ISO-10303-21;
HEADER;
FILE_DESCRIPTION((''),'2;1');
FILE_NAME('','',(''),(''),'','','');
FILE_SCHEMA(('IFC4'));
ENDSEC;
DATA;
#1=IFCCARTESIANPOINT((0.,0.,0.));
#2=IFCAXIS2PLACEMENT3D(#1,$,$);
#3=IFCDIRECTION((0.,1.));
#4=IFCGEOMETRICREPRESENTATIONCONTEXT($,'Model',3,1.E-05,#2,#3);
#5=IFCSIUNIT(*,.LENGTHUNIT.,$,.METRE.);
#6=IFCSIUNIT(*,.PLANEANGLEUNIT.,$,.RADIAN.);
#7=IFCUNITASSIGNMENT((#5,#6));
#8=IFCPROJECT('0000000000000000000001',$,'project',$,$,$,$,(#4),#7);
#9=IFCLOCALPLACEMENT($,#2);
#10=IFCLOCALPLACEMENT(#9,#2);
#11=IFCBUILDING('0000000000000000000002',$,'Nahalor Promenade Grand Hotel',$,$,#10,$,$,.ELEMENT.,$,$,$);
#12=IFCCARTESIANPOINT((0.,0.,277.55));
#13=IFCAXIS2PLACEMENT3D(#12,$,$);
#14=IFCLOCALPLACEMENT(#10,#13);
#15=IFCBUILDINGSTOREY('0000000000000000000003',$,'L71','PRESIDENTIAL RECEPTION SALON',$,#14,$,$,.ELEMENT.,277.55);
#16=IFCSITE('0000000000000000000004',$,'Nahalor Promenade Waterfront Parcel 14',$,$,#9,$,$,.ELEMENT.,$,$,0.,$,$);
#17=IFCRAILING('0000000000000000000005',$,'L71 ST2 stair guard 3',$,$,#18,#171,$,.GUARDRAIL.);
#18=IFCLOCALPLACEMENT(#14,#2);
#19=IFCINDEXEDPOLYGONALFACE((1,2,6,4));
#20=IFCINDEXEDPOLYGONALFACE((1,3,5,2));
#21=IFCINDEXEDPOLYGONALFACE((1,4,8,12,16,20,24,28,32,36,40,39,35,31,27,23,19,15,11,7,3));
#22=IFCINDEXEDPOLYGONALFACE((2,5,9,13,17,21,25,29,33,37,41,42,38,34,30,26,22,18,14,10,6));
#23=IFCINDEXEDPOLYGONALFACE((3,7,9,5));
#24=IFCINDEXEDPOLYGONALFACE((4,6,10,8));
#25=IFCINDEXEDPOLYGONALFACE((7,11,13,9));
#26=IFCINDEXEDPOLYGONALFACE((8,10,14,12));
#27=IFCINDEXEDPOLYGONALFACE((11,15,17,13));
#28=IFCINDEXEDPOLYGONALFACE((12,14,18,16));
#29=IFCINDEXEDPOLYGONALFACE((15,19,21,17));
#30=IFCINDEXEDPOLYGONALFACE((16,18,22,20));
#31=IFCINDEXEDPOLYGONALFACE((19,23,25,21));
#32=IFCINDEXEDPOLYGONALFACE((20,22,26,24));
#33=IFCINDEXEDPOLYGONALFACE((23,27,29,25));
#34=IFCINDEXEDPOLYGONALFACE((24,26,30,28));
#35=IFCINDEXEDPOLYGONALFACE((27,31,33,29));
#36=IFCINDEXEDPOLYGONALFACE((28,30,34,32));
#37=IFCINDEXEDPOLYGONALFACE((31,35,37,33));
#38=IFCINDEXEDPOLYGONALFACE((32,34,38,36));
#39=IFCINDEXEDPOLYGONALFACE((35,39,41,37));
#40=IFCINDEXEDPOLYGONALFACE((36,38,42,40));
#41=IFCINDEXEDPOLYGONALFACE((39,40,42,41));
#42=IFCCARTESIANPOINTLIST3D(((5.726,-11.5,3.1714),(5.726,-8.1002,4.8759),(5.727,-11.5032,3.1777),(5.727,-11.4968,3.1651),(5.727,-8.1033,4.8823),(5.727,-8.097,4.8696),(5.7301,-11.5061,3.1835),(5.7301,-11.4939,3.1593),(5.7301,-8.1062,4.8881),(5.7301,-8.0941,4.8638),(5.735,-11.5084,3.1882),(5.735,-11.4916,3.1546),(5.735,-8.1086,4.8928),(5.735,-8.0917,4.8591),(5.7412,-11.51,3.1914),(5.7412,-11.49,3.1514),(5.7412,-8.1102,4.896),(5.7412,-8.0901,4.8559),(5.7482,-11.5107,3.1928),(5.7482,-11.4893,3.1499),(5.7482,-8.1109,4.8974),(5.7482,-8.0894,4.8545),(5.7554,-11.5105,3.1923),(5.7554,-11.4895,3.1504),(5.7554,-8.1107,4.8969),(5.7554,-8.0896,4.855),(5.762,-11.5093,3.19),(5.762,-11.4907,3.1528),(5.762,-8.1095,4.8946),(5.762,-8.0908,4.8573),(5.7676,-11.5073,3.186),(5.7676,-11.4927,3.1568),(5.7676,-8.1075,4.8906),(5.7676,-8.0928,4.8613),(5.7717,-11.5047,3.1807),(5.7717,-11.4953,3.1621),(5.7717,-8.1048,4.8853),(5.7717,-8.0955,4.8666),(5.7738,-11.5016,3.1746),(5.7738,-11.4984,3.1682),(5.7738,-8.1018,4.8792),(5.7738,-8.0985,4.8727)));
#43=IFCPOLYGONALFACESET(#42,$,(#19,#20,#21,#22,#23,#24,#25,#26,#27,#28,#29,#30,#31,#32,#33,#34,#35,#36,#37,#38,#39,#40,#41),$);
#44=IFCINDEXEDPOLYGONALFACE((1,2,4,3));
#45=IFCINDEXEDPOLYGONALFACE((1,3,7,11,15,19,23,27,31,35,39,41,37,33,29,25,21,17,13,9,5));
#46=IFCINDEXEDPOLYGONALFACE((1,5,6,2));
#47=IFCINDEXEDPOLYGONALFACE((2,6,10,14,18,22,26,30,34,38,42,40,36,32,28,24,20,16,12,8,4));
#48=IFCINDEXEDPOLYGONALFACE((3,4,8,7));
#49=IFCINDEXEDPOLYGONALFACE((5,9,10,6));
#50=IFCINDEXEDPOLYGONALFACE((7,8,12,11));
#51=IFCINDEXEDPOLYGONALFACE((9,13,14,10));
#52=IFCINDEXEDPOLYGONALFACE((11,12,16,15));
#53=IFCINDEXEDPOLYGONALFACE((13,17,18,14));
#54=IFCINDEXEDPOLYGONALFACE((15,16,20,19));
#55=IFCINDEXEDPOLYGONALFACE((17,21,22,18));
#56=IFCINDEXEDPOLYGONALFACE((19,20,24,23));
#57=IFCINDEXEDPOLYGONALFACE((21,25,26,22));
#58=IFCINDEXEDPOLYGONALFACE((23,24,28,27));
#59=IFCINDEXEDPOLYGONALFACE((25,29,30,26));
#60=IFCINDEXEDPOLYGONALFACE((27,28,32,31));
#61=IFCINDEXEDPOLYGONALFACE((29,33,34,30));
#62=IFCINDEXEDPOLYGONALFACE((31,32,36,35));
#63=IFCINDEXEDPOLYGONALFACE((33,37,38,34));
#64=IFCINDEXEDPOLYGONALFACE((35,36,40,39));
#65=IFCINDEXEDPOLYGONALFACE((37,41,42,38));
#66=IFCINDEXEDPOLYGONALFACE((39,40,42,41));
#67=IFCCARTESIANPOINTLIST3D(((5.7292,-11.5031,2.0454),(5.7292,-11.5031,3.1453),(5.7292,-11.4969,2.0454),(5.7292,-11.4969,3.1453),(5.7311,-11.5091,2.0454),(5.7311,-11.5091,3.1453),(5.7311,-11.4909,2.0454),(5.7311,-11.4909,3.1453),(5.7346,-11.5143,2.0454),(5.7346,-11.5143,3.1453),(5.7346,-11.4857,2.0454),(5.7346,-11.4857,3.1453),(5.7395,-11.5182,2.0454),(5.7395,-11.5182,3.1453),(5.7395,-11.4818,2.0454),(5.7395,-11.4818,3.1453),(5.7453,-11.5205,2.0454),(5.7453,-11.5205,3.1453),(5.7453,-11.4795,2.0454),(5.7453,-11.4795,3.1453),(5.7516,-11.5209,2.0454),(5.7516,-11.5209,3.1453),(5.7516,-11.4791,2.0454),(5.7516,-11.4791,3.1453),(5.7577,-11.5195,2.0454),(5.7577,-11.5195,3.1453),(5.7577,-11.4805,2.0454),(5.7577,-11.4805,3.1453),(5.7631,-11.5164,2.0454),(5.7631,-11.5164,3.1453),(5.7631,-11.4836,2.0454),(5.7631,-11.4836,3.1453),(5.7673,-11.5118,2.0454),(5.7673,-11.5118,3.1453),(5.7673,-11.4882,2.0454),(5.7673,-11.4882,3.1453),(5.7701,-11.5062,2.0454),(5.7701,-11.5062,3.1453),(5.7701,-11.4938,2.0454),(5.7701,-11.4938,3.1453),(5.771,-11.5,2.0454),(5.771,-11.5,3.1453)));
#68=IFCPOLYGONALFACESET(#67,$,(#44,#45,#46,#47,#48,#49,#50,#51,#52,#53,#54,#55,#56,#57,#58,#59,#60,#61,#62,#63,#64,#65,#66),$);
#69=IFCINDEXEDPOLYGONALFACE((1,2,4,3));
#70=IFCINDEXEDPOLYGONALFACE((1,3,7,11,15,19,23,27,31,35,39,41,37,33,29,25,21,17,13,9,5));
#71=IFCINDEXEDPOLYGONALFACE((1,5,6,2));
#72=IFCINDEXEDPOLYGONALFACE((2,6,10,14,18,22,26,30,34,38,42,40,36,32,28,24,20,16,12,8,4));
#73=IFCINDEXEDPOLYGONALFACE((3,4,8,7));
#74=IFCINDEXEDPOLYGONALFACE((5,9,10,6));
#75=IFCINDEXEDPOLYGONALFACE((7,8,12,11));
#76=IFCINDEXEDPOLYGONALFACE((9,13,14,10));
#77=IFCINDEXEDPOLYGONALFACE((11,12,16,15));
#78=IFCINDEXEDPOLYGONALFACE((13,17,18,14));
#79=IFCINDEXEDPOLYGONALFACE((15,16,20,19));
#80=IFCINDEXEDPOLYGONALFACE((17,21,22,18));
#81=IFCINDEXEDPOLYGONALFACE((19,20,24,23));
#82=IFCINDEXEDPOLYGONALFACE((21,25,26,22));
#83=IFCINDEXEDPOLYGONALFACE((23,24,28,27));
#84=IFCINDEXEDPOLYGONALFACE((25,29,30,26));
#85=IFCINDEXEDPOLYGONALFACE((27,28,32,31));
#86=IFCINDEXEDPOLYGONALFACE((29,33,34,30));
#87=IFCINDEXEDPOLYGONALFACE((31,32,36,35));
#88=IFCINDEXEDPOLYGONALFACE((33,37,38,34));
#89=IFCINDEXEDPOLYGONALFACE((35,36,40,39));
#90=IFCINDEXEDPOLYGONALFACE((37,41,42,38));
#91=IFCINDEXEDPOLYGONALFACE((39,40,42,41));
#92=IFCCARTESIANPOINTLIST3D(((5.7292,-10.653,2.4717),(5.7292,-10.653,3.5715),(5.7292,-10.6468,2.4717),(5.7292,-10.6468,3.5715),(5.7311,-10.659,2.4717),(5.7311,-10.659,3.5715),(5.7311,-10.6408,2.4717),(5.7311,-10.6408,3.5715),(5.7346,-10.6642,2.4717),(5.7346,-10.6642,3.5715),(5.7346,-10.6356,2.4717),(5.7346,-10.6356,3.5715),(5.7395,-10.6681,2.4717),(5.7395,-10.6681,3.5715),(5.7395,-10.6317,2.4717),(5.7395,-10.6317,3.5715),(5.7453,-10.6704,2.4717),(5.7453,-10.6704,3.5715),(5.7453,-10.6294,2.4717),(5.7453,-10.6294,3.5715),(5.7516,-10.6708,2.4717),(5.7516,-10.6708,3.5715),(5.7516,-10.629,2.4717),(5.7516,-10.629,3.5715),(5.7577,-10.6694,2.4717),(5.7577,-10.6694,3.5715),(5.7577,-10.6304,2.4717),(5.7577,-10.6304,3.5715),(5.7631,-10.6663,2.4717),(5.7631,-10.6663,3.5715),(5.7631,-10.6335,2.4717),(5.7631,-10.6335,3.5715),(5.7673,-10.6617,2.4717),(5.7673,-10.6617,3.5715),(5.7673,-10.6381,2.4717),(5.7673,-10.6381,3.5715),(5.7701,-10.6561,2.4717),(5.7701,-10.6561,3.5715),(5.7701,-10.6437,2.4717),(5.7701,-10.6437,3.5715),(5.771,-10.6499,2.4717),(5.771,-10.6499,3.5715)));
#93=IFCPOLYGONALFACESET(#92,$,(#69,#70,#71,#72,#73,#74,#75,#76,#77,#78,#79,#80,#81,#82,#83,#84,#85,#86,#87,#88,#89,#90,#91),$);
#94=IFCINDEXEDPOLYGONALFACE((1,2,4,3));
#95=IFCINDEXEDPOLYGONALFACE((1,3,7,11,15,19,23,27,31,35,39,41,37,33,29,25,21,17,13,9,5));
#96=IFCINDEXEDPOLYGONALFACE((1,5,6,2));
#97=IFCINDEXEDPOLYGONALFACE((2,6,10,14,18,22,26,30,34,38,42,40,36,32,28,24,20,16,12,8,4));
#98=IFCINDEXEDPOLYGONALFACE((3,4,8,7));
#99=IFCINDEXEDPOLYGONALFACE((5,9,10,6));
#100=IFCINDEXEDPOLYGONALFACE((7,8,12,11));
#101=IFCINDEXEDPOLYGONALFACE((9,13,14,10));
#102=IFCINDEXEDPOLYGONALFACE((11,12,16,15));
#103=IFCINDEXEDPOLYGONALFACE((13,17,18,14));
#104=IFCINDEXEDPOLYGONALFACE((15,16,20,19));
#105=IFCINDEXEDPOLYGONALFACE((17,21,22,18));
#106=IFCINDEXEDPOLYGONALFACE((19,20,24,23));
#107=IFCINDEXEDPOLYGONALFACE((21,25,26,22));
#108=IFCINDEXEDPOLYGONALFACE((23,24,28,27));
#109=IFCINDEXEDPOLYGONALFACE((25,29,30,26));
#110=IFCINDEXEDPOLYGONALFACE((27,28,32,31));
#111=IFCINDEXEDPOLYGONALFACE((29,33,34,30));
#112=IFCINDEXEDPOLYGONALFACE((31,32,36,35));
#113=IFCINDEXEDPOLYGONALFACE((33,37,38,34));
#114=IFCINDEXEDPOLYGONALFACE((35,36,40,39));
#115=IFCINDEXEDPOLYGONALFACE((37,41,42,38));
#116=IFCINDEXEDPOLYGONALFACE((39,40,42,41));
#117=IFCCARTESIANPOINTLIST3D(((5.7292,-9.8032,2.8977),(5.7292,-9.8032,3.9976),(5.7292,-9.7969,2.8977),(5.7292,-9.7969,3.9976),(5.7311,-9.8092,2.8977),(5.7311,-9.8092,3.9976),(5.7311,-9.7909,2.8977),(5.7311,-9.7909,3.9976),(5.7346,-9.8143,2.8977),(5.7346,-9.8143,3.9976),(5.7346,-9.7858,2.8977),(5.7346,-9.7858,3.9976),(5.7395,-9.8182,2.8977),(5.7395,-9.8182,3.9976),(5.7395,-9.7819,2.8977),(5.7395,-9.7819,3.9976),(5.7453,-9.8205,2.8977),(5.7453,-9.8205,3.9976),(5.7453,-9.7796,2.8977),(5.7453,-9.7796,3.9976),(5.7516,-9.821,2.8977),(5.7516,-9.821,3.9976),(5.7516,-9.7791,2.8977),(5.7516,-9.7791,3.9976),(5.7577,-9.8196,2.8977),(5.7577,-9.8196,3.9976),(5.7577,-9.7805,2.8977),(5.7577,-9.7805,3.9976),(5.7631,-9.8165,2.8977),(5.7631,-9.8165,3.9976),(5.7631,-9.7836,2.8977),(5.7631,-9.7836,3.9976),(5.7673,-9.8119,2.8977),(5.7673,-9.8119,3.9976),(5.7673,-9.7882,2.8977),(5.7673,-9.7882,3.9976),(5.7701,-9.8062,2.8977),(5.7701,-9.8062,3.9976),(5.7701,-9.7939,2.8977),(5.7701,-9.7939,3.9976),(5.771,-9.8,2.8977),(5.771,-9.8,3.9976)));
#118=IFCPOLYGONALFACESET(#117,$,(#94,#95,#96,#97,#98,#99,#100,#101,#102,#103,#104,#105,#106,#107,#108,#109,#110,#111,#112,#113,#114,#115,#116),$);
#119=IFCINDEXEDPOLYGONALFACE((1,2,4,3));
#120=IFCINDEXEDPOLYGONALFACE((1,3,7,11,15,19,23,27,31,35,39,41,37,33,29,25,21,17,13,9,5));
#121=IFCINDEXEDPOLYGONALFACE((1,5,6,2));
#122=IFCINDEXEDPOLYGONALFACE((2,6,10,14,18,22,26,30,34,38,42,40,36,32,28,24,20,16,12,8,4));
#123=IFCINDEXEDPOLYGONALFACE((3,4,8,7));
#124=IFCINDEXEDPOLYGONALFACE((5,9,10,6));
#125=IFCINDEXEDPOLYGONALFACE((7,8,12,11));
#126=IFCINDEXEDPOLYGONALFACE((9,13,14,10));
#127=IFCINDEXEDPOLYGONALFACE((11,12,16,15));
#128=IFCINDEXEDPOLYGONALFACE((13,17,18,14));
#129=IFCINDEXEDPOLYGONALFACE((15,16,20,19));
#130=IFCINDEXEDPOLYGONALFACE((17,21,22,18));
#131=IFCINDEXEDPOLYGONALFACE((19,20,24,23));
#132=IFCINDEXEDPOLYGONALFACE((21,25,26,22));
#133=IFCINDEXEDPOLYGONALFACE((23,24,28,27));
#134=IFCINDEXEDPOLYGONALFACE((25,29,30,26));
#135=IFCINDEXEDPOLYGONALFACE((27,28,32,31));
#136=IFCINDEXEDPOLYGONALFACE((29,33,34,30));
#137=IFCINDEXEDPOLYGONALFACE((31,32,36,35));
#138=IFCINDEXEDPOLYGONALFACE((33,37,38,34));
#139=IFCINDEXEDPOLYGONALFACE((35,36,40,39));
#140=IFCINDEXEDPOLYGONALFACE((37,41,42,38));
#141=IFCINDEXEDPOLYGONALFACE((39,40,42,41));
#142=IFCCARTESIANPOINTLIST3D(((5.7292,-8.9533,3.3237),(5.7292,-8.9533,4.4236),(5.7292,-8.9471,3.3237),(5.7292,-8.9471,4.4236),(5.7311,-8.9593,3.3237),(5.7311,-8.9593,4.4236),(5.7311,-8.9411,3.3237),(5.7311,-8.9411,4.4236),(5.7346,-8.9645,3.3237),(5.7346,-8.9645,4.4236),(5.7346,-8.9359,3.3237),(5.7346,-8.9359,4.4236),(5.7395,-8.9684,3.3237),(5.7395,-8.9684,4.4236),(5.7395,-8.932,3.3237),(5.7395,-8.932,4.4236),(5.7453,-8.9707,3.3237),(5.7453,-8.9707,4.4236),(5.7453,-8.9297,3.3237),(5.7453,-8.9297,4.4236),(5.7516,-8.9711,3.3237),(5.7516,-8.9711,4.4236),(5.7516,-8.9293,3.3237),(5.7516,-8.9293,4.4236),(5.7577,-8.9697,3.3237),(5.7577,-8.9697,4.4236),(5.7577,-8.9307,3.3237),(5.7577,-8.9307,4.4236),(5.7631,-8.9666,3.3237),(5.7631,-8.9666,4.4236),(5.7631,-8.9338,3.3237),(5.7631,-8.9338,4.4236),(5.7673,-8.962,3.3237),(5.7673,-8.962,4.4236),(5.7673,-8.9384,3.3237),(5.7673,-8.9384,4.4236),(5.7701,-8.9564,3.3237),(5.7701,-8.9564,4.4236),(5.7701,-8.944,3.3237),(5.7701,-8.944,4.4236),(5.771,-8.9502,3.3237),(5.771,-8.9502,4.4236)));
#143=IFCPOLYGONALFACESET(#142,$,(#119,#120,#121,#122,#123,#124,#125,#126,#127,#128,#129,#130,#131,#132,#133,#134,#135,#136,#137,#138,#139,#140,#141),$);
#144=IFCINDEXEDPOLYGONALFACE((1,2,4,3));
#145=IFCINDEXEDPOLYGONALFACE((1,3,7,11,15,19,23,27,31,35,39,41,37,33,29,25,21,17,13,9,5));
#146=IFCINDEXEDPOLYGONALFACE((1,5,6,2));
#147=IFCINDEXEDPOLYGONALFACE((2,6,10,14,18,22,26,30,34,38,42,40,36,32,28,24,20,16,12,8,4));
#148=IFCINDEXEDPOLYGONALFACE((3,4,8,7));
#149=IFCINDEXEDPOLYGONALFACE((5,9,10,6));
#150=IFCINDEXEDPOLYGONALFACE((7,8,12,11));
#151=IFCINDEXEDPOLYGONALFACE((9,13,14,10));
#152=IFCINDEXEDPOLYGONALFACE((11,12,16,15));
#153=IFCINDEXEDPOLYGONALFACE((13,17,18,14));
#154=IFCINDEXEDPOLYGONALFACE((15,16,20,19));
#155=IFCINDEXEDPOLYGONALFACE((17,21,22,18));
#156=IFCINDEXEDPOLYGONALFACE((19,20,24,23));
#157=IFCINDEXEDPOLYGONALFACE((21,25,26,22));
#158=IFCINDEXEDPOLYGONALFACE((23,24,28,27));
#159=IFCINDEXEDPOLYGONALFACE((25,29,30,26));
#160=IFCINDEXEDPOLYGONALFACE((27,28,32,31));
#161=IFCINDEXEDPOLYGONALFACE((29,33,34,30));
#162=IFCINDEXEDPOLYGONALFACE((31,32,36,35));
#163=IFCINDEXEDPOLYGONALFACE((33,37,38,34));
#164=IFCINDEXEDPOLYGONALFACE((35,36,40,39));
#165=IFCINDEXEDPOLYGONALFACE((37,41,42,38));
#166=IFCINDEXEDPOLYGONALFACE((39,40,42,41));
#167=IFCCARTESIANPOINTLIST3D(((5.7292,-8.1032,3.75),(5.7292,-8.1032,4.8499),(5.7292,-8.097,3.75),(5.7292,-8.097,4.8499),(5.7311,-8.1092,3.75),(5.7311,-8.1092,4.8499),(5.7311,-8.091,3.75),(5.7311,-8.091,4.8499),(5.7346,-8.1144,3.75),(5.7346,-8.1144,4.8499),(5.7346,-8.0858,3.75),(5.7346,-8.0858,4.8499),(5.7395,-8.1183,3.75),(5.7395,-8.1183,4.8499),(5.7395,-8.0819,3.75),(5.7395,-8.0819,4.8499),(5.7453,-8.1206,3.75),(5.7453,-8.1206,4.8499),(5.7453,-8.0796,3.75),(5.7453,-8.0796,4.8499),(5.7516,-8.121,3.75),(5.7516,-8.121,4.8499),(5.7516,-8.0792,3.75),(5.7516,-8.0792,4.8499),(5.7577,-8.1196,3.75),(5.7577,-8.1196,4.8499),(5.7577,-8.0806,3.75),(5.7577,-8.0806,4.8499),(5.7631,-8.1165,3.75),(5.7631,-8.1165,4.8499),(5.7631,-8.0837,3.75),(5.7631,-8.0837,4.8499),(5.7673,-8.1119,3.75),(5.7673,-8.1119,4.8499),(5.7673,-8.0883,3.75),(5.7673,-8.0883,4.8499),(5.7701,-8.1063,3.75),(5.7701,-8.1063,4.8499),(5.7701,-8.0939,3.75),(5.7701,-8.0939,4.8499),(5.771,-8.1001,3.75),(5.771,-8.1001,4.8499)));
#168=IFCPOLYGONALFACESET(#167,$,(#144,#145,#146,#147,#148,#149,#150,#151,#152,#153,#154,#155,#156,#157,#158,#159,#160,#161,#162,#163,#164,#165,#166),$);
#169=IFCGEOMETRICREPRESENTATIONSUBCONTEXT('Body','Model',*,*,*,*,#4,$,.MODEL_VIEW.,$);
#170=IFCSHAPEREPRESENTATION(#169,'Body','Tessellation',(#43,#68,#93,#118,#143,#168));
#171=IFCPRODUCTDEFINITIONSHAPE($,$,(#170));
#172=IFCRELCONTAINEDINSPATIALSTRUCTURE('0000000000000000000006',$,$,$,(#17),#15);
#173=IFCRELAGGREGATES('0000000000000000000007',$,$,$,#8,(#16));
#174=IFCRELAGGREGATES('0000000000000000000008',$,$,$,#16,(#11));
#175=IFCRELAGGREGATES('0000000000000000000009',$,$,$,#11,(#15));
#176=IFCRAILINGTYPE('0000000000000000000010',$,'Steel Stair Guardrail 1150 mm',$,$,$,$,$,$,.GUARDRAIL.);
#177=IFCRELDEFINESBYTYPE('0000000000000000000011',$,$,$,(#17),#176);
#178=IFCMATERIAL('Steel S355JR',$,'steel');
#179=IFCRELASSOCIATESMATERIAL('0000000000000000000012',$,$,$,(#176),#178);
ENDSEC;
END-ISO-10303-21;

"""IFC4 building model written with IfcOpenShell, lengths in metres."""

from ifc_helpers import new_model, si_unit, direction, frame, origin, origin_2d, place, context, subcontext, project, spatial, circle, extrude, material, type_object, element, save


model = new_model("IFC4")

# Units and contexts
model_context = context("Model", 3, precision=1e-05, world=origin(), true_north=direction((0.0, 1.0)))
body_context = subcontext(model_context, "Body", "Model", "MODEL_VIEW")
ifc_project = project(units=[si_unit("LENGTHUNIT", "METRE"), si_unit("PLANEANGLEUNIT", "RADIAN")], contexts=[model_context])

# Site, building, storey
site_placement = place(None, origin())
site = spatial("IfcSite", under=ifc_project, at=site_placement, Name="Nahalor Promenade Waterfront Parcel 14", CompositionType="ELEMENT", RefElevation=0.0)
building_placement = place(site_placement, origin())
building = spatial("IfcBuilding", under=site, at=building_placement, Name="Nahalor Promenade Grand Hotel", CompositionType="ELEMENT")
storey_placement = place(building_placement, frame((0.0, 0.0, 277.55)))
storey = spatial("IfcBuildingStorey", under=building, at=storey_placement, Name="L71", Description="PRESIDENTIAL RECEPTION SALON", CompositionType="ELEMENT", Elevation=277.55)

# Shared definitions
ifc_material_1 = material(Name="Steel S355JR", Category="steel")

# Railing
railing_type_1 = type_object("IfcRailingType", Name="Steel Stair Guardrail 1150 mm", PredefinedType="GUARDRAIL", material=ifc_material_1)
railing_1_placement = place(storey_placement, frame((5.75, -11.5, 2.0454)))
element("IfcRailing", 1, at=railing_1_placement, inside=storey, type_object=railing_type_1, Name="L71 ST2 stair guard 3", PredefinedType="GUARDRAIL", context=body_context, shape_type="SweptSolid", body=[
    extrude(circle(Radius=0.024, at=origin_2d()), frame((0.0, 0.0, 1.126), z_axis=(0.0, 0.893939, 0.448189), x_axis=(-1.0, 0.0, 0.0)), (0.0, 0.0, 1.0), 3.8032),
    extrude(circle(Radius=0.021, at=origin_2d()), origin(), (0.0, 0.0, 1.0), 1.0999),
    extrude(circle(Radius=0.021, at=origin_2d()), frame((0.0, 0.8501, 0.4263)), (0.0, 0.0, 1.0), 1.0999),
    extrude(circle(Radius=0.021, at=origin_2d()), frame((0.0, 1.7, 0.8523)), (0.0, 0.0, 1.0), 1.0999),
    extrude(circle(Radius=0.021, at=origin_2d()), frame((0.0, 2.5498, 1.2783)), (0.0, 0.0, 1.0), 1.0999),
    extrude(circle(Radius=0.021, at=origin_2d()), frame((0.0, 3.3999, 1.7046)), (0.0, 0.0, 1.0), 1.0999),
])

save(model, "model.ifc")
